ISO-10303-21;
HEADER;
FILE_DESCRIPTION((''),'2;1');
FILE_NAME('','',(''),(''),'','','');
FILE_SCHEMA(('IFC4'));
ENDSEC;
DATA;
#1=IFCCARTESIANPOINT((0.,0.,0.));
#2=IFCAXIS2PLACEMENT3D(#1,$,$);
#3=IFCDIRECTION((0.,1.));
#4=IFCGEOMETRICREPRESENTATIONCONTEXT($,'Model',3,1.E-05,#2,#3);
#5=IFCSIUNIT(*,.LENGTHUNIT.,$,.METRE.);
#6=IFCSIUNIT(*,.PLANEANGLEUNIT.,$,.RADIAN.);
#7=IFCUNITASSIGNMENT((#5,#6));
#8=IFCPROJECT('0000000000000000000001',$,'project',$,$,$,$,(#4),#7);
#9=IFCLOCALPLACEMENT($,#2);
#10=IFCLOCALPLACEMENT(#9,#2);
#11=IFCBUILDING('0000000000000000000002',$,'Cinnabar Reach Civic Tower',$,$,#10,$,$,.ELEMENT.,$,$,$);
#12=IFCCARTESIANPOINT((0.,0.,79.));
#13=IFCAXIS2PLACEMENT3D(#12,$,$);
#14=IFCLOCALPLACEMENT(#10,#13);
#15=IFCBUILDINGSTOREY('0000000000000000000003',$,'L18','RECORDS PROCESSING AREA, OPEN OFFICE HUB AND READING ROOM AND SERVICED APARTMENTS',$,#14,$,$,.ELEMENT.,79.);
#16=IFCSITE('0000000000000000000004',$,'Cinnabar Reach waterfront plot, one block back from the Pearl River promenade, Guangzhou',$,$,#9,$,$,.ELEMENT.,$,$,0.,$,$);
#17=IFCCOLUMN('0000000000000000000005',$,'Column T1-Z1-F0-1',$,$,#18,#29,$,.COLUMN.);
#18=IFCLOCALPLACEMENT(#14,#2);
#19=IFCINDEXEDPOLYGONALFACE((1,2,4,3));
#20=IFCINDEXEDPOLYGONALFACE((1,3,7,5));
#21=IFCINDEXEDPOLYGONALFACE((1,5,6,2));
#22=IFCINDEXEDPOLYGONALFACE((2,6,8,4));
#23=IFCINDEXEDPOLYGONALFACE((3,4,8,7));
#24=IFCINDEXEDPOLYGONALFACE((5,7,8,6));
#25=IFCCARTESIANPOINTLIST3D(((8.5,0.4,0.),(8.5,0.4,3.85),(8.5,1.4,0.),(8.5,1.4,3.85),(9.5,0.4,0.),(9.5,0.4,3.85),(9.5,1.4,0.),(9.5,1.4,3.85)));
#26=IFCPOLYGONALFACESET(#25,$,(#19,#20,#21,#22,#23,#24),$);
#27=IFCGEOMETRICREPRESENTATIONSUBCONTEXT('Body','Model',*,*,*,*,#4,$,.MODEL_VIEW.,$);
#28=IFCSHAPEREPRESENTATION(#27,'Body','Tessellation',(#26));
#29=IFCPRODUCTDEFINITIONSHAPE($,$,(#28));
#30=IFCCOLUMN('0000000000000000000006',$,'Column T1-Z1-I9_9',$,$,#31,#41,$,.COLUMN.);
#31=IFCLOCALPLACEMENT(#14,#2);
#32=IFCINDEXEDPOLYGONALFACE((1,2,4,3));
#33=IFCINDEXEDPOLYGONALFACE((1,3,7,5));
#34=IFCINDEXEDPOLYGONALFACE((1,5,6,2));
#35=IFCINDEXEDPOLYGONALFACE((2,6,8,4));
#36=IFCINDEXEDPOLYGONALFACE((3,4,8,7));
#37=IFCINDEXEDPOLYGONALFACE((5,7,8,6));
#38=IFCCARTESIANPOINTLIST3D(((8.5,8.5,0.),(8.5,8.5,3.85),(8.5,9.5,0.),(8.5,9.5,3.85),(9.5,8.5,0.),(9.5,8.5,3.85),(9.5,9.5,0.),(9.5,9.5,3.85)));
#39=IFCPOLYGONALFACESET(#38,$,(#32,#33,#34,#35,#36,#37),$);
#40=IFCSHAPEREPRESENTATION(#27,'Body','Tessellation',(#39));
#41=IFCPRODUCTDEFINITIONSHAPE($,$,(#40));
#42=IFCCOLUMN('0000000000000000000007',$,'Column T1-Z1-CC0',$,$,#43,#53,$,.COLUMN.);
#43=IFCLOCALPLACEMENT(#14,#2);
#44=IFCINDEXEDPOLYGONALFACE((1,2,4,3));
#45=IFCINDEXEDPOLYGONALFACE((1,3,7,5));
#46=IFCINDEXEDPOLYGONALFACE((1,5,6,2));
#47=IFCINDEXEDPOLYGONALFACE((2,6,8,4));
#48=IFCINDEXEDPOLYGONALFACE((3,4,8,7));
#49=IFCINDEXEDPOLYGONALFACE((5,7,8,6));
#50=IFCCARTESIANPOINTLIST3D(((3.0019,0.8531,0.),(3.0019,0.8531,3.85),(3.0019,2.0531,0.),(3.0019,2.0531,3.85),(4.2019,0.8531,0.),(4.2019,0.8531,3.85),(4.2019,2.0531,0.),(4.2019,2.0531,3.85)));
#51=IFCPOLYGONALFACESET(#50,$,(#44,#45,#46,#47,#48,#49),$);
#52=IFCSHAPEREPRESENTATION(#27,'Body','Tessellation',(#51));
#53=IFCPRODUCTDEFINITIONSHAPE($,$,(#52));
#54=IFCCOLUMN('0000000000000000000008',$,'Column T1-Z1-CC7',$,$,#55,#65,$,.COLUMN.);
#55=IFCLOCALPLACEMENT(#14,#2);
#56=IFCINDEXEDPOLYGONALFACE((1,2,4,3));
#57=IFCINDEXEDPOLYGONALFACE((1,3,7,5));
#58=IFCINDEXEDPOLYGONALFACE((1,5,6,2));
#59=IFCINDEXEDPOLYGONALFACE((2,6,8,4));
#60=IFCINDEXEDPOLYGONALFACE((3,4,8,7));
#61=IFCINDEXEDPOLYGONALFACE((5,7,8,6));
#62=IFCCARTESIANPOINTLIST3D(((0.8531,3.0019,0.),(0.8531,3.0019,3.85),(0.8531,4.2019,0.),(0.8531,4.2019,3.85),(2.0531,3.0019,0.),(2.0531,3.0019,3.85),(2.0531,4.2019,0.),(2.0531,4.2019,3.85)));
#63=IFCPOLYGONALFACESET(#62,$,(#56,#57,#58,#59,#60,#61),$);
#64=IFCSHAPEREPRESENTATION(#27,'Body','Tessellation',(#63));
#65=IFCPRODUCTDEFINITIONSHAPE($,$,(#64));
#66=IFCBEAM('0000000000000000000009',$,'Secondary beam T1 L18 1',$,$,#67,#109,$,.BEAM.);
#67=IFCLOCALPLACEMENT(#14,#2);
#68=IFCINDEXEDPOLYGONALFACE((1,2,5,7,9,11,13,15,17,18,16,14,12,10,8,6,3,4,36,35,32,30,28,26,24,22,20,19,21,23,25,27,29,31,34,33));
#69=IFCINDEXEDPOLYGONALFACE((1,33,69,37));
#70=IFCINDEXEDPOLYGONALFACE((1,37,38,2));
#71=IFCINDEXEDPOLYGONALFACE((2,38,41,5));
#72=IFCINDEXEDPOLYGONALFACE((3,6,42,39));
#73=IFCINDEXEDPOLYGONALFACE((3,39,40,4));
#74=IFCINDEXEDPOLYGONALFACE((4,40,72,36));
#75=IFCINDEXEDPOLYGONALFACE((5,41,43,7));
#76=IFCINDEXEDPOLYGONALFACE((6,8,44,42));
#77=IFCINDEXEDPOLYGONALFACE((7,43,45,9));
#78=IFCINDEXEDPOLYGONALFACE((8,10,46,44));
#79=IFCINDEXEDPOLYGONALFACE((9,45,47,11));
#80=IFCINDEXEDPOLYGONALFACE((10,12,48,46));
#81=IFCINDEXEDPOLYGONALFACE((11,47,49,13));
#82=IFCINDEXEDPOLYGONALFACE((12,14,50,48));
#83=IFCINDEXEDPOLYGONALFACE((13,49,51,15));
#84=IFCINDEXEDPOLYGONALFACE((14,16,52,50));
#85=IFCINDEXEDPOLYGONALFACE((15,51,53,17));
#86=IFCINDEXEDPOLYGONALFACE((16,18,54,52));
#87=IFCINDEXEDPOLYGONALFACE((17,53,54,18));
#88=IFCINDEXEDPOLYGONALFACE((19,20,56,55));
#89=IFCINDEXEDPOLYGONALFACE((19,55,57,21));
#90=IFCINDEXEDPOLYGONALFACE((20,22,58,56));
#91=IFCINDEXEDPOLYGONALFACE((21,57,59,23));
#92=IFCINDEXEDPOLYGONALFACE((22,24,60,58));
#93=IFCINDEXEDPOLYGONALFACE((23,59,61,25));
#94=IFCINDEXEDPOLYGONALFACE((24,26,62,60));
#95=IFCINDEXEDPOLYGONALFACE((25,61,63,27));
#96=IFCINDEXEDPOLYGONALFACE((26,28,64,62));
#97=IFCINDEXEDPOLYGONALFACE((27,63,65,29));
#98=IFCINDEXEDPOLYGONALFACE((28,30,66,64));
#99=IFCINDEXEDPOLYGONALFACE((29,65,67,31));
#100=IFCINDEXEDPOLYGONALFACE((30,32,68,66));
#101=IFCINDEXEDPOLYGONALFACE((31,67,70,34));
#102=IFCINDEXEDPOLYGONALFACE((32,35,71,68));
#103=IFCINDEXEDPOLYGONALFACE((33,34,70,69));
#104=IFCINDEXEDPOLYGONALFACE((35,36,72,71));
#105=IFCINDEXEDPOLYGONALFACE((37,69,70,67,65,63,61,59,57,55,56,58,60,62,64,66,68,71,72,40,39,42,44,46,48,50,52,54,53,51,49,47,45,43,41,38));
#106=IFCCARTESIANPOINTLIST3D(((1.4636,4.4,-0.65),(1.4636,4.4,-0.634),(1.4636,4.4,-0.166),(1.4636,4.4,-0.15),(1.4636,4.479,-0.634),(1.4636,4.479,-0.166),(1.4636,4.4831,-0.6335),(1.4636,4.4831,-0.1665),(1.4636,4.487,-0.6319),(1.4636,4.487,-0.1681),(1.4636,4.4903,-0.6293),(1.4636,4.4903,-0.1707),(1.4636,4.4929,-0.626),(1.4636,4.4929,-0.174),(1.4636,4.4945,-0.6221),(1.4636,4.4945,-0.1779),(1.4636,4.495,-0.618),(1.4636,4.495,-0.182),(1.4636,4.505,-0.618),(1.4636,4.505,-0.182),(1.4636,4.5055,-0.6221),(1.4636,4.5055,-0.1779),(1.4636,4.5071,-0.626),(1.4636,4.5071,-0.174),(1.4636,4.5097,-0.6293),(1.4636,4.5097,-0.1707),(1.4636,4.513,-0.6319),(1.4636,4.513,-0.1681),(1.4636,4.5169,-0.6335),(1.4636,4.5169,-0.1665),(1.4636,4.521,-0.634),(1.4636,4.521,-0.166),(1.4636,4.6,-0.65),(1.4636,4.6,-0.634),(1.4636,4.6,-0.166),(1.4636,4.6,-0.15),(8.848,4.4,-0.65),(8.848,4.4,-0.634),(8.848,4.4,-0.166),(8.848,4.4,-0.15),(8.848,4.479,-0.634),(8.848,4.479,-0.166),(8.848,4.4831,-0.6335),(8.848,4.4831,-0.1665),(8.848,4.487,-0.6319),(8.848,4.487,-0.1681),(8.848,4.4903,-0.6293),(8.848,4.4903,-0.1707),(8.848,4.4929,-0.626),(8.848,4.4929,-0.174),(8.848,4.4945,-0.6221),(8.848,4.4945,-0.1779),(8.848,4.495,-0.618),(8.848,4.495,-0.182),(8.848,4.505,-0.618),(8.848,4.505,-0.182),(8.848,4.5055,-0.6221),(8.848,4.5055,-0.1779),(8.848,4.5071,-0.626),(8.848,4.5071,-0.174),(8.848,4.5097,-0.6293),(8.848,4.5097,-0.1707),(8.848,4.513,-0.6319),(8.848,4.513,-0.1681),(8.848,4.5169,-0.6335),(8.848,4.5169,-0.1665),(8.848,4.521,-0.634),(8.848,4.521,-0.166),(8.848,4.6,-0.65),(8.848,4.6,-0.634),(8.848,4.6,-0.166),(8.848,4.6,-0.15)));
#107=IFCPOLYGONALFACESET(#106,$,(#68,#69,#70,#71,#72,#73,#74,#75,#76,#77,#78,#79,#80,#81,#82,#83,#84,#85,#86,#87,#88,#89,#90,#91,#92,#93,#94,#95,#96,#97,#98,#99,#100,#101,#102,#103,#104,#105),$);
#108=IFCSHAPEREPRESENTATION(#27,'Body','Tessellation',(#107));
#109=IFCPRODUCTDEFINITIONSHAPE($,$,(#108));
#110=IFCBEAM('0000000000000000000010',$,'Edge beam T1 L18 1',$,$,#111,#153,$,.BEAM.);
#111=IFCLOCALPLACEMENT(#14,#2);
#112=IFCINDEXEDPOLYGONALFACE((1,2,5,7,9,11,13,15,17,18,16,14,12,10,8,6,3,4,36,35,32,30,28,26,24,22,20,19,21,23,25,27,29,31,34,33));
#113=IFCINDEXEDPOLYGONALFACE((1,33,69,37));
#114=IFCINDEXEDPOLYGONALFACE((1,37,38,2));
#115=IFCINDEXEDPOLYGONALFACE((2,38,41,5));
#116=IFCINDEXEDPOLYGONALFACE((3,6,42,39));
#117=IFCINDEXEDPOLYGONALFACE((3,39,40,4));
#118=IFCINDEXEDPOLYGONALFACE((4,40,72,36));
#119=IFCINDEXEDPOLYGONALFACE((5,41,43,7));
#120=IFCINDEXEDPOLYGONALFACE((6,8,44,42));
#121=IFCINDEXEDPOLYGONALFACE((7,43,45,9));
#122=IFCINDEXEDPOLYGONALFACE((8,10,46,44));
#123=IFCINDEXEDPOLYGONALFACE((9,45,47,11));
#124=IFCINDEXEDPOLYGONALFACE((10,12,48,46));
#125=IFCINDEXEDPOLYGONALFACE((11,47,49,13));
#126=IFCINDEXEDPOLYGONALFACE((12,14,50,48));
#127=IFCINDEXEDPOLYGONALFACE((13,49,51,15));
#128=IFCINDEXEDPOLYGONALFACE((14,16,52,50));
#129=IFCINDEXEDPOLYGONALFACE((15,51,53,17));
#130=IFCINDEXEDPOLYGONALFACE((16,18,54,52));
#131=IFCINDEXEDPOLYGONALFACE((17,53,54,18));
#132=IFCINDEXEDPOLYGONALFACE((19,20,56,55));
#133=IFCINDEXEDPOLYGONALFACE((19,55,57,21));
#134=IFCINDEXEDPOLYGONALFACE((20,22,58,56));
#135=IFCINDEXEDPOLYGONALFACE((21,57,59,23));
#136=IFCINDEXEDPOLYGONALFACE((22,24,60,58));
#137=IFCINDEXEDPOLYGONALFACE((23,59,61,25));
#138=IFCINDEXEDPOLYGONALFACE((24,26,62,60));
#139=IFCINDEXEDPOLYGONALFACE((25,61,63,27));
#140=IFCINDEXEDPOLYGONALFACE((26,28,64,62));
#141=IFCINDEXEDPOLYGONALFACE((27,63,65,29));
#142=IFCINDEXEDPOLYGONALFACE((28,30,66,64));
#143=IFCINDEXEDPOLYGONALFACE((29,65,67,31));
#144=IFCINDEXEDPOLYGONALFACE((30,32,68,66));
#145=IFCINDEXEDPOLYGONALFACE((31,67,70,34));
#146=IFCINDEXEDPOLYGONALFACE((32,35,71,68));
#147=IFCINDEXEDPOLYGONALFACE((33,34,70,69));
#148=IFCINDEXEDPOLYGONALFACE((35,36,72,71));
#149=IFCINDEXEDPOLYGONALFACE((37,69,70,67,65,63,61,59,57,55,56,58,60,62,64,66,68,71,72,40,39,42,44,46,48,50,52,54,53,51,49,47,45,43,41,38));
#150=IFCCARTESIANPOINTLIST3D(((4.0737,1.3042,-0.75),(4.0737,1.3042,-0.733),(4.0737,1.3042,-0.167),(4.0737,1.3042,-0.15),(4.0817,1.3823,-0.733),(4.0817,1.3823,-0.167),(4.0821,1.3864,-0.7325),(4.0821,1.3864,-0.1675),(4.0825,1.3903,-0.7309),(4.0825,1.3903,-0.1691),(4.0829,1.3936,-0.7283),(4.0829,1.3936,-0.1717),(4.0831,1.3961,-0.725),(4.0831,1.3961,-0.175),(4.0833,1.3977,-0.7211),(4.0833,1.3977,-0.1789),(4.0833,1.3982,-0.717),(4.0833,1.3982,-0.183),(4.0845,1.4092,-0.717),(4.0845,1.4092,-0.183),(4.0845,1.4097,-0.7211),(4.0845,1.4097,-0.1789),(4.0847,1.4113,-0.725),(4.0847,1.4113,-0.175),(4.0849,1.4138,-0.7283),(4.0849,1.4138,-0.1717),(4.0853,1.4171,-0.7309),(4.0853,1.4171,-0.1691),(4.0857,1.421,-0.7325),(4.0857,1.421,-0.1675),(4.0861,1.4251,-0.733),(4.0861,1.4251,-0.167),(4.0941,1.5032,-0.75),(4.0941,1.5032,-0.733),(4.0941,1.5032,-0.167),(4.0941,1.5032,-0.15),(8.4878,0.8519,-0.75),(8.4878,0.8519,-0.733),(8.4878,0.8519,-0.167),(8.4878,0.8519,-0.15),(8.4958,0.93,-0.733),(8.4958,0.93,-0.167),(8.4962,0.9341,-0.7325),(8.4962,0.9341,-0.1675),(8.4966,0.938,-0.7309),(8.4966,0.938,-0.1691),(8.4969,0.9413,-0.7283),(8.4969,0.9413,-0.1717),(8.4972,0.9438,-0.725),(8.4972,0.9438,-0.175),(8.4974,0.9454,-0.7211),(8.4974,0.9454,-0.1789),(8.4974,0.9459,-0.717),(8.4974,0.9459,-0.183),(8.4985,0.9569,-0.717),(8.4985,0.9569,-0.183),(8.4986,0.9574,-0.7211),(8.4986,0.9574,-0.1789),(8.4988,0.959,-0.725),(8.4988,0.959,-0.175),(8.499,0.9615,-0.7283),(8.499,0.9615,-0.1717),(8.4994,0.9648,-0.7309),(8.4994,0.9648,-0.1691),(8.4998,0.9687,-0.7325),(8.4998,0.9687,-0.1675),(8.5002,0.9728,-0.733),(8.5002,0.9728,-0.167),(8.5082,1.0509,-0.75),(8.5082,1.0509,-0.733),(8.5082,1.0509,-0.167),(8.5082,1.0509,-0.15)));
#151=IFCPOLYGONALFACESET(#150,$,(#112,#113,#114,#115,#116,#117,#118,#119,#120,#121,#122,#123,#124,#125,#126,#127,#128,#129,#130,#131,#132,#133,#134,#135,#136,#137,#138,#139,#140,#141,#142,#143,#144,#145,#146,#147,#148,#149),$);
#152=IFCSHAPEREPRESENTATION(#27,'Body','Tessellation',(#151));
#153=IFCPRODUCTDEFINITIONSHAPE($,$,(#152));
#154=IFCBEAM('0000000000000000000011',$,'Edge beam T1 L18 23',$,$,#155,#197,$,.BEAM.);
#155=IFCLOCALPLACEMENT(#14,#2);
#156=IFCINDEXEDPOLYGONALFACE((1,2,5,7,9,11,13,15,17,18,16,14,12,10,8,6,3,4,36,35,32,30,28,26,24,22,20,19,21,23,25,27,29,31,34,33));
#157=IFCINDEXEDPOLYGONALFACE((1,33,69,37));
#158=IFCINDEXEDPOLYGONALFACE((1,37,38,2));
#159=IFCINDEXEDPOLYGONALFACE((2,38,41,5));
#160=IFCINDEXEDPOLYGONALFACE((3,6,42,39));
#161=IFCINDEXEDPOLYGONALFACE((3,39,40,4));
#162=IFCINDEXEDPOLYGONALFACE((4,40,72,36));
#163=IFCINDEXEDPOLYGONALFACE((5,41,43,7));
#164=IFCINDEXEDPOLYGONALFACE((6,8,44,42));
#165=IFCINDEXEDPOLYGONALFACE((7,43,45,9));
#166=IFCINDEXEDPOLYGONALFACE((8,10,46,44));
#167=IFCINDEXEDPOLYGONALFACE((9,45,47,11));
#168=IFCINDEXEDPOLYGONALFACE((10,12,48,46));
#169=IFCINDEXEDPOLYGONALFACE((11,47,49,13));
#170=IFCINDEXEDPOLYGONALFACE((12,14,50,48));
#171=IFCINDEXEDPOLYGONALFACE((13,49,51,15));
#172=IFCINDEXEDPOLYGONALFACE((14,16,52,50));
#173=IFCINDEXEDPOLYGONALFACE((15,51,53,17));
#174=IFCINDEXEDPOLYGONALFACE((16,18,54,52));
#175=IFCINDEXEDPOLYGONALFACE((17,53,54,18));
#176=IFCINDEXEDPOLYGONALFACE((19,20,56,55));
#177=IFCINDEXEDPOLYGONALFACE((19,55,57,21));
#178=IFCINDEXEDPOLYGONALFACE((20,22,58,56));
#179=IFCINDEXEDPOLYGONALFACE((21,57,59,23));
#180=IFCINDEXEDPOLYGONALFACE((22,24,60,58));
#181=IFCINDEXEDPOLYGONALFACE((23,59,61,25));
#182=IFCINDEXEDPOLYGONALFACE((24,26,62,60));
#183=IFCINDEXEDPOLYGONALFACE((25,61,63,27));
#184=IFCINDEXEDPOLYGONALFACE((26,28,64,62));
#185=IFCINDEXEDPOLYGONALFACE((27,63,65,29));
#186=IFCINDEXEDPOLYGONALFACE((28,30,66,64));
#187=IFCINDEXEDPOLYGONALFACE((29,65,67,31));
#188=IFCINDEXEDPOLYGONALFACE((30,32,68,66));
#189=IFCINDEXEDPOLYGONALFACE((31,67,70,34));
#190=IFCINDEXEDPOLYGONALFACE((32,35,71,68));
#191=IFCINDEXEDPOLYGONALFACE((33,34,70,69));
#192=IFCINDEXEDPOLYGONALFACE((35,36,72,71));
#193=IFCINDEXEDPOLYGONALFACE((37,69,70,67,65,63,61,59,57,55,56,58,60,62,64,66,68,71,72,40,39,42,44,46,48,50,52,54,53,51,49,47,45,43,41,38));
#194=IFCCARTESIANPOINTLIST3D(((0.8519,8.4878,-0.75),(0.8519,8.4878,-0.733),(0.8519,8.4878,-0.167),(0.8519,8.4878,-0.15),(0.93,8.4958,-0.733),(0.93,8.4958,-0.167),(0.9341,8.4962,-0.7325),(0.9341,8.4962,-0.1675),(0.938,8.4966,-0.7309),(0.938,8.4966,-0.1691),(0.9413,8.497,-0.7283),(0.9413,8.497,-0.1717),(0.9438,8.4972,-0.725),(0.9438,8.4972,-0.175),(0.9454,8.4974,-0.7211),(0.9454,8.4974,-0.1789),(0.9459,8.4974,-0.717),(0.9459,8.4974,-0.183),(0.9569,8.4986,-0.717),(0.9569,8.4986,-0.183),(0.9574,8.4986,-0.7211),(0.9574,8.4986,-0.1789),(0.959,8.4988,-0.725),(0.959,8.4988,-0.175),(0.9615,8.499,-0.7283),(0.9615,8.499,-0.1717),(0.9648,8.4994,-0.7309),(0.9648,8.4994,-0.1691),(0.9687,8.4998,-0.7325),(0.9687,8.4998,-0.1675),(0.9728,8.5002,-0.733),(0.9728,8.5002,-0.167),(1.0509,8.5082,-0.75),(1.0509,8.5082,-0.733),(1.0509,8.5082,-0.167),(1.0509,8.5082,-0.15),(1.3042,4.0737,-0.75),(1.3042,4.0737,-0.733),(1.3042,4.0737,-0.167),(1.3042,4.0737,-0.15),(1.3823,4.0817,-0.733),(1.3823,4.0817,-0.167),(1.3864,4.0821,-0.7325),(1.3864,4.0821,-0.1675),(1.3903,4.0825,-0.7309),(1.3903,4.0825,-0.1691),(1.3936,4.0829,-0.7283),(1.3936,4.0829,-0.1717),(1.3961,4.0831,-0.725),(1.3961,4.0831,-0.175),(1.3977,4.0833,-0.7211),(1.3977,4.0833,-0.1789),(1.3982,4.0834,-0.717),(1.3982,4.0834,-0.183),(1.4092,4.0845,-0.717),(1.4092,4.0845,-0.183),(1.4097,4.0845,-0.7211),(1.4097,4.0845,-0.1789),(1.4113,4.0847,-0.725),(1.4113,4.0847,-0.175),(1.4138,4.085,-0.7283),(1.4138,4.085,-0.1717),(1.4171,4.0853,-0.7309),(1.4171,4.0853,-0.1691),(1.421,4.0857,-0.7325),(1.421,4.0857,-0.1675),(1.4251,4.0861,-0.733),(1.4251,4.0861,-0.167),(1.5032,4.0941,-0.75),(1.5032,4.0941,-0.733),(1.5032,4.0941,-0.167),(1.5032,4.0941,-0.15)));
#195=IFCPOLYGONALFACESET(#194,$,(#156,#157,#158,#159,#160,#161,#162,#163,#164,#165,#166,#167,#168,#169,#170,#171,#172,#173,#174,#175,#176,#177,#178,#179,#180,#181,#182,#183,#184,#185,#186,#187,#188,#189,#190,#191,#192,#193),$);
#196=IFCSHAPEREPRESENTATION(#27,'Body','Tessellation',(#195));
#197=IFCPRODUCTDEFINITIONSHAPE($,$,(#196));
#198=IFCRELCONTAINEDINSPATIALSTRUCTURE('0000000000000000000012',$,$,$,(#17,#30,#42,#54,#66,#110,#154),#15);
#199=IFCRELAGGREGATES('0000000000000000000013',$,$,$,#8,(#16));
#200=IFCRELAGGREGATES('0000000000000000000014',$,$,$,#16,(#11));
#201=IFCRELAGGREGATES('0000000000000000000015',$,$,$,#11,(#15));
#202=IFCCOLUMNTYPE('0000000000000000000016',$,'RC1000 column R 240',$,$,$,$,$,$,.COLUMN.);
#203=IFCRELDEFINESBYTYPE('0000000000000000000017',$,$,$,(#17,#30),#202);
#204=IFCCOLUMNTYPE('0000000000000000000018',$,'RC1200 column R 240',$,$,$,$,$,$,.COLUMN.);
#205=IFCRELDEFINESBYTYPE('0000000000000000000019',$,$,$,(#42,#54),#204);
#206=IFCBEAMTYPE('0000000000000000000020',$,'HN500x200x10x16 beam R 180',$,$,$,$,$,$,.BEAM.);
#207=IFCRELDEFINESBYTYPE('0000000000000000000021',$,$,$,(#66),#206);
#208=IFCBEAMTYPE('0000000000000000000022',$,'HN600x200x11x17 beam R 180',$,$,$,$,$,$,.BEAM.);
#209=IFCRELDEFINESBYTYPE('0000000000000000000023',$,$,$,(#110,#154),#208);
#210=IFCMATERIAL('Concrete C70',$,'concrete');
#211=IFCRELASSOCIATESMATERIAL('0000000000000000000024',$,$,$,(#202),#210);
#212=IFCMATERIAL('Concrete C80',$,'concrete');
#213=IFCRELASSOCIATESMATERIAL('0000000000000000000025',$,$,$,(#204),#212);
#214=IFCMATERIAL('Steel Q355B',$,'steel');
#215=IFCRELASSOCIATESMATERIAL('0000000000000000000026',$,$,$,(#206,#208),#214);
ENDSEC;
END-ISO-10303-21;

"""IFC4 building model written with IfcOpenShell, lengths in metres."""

from ifc_helpers import new_model, si_unit, direction, frame, origin, origin_2d, place, context, subcontext, project, spatial, rectangle, i_section, extrude, material, material_profile, profile_set, type_object, element, save


model = new_model("IFC4")

# Units and contexts
model_context = context("Model", 3, precision=1e-05, world=origin(), true_north=direction((0.0, 1.0)))
body_context = subcontext(model_context, "Body", "Model", "MODEL_VIEW")
ifc_project = project(units=[si_unit("LENGTHUNIT", "METRE"), si_unit("PLANEANGLEUNIT", "RADIAN")], contexts=[model_context])

# Site, building, storey
site_placement = place(None, origin())
site = spatial("IfcSite", under=ifc_project, at=site_placement, Name="Cinnabar Reach waterfront plot, one block back from the Pearl River promenade, Guangzhou", CompositionType="ELEMENT", RefElevation=0.0)
building_placement = place(site_placement, origin())
building = spatial("IfcBuilding", under=site, at=building_placement, Name="Cinnabar Reach Civic Tower", CompositionType="ELEMENT")
storey_placement = place(building_placement, frame((0.0, 0.0, 79.0)))
storey = spatial("IfcBuildingStorey", under=building, at=storey_placement, Name="L18", Description="RECORDS PROCESSING AREA, OPEN OFFICE HUB AND READING ROOM AND SERVICED APARTMENTS", CompositionType="ELEMENT", Elevation=79.0)

# Columns
ifc_material_1 = material(Name="Concrete C70", Category="concrete")
ifc_material_profile_1 = material_profile(ifc_material_1, rectangle(XDim=1.0, YDim=1.0, at=origin_2d()), Name="RC1000")
ifc_profile_set_1 = profile_set([ifc_material_profile_1], Name="Concrete C70")
column_type_1 = type_object("IfcColumnType", Name="RC1000 column R 240", PredefinedType="COLUMN", material=ifc_profile_set_1)
for number, where, z_axis, x_axis, name in (
    (1, (9.0, 0.9, 0.0), (0.0, 0.0, 1.0), (1.0, 0.0, 0.0), "Column T1-Z1-F0-1"),
    (2, (9.0, 9.0, 0.0), (0.0, 0.0, 1.0), (1.0, 0.0, 0.0), "Column T1-Z1-I9_9"),
):
    element("IfcColumn", number, at=place(storey_placement, frame(where, z_axis=z_axis, x_axis=x_axis)), inside=storey, type_object=column_type_1, Name=name, PredefinedType="COLUMN", context=body_context, shape_type="SweptSolid", body=[
        extrude(rectangle(XDim=1.0, YDim=1.0, at=origin_2d()), origin(), (0.0, 0.0, 1.0), 3.85),
    ])
ifc_material_2 = material(Name="Concrete C80", Category="concrete")
ifc_material_profile_2 = material_profile(ifc_material_2, rectangle(XDim=1.2, YDim=1.2, at=origin_2d()), Name="RC1200")
ifc_profile_set_2 = profile_set([ifc_material_profile_2], Name="Concrete C80")
column_type_2 = type_object("IfcColumnType", Name="RC1200 column R 240", PredefinedType="COLUMN", material=ifc_profile_set_2)
for number, where, z_axis, x_axis, name in (
    (3, (3.6019, 1.4531, 0.0), (0.0, 0.0, 1.0), (1.0, 0.0, 0.0), "Column T1-Z1-CC0"),
    (4, (1.4531, 3.6019, 0.0), (0.0, 0.0, 1.0), (1.0, 0.0, 0.0), "Column T1-Z1-CC7"),
):
    element("IfcColumn", number, at=place(storey_placement, frame(where, z_axis=z_axis, x_axis=x_axis)), inside=storey, type_object=column_type_2, Name=name, PredefinedType="COLUMN", context=body_context, shape_type="SweptSolid", body=[
        extrude(rectangle(XDim=1.2, YDim=1.2, at=origin_2d()), origin(), (0.0, 0.0, 1.0), 3.85),
    ])

# Beams
ifc_material_3 = material(Name="Steel Q355B", Category="steel")
ifc_material_profile_3 = material_profile(ifc_material_3, i_section(OverallWidth=0.2, OverallDepth=0.5, WebThickness=0.01, FlangeThickness=0.016, FilletRadius=0.016, at=origin_2d()), Name="HN500x200x10x16")
ifc_profile_set_3 = profile_set([ifc_material_profile_3], Name="Steel Q355B")
beam_type_1 = type_object("IfcBeamType", Name="HN500x200x10x16 beam R 180", PredefinedType="BEAM", material=ifc_profile_set_3)
beam_1_placement = place(storey_placement, frame((1.4636, 4.5, -0.4), z_axis=(1.0, 0.0, 0.0), x_axis=(0.0, 1.0, 0.0)))
element("IfcBeam", 5, at=beam_1_placement, inside=storey, type_object=beam_type_1, Name="Secondary beam T1 L18 1", PredefinedType="BEAM", context=body_context, shape_type="SweptSolid", body=[
    extrude(i_section(OverallWidth=0.2, OverallDepth=0.5, WebThickness=0.01, FlangeThickness=0.016, FilletRadius=0.016, at=origin_2d()), origin(), (0.0, 0.0, 1.0), 7.3844),
])
ifc_material_profile_4 = material_profile(ifc_material_3, i_section(OverallWidth=0.2, OverallDepth=0.6, WebThickness=0.011, FlangeThickness=0.017, FilletRadius=0.016, at=origin_2d()), Name="HN600x200x11x17")
ifc_profile_set_4 = profile_set([ifc_material_profile_4], Name="Steel Q355B")
beam_type_2 = type_object("IfcBeamType", Name="HN600x200x11x17 beam R 180", PredefinedType="BEAM", material=ifc_profile_set_4)
for number, where, z_axis, x_axis, name in (
    (6, (4.0839, 1.4037, -0.45), (0.994791, -0.101933, 0.0), (0.101933, 0.994791, 0.0), "Edge beam T1 L18 1"),
    (7, (0.9514, 8.498, -0.45), (0.101933, -0.994791, 0.0), (0.994791, 0.101933, 0.0), "Edge beam T1 L18 23"),
):
    element("IfcBeam", number, at=place(storey_placement, frame(where, z_axis=z_axis, x_axis=x_axis)), inside=storey, type_object=beam_type_2, Name=name, PredefinedType="BEAM", context=body_context, shape_type="SweptSolid", body=[
        extrude(i_section(OverallWidth=0.2, OverallDepth=0.6, WebThickness=0.011, FlangeThickness=0.017, FilletRadius=0.016, at=origin_2d()), origin(), (0.0, 0.0, 1.0), 4.4372),
    ])

save(model, "model.ifc")
